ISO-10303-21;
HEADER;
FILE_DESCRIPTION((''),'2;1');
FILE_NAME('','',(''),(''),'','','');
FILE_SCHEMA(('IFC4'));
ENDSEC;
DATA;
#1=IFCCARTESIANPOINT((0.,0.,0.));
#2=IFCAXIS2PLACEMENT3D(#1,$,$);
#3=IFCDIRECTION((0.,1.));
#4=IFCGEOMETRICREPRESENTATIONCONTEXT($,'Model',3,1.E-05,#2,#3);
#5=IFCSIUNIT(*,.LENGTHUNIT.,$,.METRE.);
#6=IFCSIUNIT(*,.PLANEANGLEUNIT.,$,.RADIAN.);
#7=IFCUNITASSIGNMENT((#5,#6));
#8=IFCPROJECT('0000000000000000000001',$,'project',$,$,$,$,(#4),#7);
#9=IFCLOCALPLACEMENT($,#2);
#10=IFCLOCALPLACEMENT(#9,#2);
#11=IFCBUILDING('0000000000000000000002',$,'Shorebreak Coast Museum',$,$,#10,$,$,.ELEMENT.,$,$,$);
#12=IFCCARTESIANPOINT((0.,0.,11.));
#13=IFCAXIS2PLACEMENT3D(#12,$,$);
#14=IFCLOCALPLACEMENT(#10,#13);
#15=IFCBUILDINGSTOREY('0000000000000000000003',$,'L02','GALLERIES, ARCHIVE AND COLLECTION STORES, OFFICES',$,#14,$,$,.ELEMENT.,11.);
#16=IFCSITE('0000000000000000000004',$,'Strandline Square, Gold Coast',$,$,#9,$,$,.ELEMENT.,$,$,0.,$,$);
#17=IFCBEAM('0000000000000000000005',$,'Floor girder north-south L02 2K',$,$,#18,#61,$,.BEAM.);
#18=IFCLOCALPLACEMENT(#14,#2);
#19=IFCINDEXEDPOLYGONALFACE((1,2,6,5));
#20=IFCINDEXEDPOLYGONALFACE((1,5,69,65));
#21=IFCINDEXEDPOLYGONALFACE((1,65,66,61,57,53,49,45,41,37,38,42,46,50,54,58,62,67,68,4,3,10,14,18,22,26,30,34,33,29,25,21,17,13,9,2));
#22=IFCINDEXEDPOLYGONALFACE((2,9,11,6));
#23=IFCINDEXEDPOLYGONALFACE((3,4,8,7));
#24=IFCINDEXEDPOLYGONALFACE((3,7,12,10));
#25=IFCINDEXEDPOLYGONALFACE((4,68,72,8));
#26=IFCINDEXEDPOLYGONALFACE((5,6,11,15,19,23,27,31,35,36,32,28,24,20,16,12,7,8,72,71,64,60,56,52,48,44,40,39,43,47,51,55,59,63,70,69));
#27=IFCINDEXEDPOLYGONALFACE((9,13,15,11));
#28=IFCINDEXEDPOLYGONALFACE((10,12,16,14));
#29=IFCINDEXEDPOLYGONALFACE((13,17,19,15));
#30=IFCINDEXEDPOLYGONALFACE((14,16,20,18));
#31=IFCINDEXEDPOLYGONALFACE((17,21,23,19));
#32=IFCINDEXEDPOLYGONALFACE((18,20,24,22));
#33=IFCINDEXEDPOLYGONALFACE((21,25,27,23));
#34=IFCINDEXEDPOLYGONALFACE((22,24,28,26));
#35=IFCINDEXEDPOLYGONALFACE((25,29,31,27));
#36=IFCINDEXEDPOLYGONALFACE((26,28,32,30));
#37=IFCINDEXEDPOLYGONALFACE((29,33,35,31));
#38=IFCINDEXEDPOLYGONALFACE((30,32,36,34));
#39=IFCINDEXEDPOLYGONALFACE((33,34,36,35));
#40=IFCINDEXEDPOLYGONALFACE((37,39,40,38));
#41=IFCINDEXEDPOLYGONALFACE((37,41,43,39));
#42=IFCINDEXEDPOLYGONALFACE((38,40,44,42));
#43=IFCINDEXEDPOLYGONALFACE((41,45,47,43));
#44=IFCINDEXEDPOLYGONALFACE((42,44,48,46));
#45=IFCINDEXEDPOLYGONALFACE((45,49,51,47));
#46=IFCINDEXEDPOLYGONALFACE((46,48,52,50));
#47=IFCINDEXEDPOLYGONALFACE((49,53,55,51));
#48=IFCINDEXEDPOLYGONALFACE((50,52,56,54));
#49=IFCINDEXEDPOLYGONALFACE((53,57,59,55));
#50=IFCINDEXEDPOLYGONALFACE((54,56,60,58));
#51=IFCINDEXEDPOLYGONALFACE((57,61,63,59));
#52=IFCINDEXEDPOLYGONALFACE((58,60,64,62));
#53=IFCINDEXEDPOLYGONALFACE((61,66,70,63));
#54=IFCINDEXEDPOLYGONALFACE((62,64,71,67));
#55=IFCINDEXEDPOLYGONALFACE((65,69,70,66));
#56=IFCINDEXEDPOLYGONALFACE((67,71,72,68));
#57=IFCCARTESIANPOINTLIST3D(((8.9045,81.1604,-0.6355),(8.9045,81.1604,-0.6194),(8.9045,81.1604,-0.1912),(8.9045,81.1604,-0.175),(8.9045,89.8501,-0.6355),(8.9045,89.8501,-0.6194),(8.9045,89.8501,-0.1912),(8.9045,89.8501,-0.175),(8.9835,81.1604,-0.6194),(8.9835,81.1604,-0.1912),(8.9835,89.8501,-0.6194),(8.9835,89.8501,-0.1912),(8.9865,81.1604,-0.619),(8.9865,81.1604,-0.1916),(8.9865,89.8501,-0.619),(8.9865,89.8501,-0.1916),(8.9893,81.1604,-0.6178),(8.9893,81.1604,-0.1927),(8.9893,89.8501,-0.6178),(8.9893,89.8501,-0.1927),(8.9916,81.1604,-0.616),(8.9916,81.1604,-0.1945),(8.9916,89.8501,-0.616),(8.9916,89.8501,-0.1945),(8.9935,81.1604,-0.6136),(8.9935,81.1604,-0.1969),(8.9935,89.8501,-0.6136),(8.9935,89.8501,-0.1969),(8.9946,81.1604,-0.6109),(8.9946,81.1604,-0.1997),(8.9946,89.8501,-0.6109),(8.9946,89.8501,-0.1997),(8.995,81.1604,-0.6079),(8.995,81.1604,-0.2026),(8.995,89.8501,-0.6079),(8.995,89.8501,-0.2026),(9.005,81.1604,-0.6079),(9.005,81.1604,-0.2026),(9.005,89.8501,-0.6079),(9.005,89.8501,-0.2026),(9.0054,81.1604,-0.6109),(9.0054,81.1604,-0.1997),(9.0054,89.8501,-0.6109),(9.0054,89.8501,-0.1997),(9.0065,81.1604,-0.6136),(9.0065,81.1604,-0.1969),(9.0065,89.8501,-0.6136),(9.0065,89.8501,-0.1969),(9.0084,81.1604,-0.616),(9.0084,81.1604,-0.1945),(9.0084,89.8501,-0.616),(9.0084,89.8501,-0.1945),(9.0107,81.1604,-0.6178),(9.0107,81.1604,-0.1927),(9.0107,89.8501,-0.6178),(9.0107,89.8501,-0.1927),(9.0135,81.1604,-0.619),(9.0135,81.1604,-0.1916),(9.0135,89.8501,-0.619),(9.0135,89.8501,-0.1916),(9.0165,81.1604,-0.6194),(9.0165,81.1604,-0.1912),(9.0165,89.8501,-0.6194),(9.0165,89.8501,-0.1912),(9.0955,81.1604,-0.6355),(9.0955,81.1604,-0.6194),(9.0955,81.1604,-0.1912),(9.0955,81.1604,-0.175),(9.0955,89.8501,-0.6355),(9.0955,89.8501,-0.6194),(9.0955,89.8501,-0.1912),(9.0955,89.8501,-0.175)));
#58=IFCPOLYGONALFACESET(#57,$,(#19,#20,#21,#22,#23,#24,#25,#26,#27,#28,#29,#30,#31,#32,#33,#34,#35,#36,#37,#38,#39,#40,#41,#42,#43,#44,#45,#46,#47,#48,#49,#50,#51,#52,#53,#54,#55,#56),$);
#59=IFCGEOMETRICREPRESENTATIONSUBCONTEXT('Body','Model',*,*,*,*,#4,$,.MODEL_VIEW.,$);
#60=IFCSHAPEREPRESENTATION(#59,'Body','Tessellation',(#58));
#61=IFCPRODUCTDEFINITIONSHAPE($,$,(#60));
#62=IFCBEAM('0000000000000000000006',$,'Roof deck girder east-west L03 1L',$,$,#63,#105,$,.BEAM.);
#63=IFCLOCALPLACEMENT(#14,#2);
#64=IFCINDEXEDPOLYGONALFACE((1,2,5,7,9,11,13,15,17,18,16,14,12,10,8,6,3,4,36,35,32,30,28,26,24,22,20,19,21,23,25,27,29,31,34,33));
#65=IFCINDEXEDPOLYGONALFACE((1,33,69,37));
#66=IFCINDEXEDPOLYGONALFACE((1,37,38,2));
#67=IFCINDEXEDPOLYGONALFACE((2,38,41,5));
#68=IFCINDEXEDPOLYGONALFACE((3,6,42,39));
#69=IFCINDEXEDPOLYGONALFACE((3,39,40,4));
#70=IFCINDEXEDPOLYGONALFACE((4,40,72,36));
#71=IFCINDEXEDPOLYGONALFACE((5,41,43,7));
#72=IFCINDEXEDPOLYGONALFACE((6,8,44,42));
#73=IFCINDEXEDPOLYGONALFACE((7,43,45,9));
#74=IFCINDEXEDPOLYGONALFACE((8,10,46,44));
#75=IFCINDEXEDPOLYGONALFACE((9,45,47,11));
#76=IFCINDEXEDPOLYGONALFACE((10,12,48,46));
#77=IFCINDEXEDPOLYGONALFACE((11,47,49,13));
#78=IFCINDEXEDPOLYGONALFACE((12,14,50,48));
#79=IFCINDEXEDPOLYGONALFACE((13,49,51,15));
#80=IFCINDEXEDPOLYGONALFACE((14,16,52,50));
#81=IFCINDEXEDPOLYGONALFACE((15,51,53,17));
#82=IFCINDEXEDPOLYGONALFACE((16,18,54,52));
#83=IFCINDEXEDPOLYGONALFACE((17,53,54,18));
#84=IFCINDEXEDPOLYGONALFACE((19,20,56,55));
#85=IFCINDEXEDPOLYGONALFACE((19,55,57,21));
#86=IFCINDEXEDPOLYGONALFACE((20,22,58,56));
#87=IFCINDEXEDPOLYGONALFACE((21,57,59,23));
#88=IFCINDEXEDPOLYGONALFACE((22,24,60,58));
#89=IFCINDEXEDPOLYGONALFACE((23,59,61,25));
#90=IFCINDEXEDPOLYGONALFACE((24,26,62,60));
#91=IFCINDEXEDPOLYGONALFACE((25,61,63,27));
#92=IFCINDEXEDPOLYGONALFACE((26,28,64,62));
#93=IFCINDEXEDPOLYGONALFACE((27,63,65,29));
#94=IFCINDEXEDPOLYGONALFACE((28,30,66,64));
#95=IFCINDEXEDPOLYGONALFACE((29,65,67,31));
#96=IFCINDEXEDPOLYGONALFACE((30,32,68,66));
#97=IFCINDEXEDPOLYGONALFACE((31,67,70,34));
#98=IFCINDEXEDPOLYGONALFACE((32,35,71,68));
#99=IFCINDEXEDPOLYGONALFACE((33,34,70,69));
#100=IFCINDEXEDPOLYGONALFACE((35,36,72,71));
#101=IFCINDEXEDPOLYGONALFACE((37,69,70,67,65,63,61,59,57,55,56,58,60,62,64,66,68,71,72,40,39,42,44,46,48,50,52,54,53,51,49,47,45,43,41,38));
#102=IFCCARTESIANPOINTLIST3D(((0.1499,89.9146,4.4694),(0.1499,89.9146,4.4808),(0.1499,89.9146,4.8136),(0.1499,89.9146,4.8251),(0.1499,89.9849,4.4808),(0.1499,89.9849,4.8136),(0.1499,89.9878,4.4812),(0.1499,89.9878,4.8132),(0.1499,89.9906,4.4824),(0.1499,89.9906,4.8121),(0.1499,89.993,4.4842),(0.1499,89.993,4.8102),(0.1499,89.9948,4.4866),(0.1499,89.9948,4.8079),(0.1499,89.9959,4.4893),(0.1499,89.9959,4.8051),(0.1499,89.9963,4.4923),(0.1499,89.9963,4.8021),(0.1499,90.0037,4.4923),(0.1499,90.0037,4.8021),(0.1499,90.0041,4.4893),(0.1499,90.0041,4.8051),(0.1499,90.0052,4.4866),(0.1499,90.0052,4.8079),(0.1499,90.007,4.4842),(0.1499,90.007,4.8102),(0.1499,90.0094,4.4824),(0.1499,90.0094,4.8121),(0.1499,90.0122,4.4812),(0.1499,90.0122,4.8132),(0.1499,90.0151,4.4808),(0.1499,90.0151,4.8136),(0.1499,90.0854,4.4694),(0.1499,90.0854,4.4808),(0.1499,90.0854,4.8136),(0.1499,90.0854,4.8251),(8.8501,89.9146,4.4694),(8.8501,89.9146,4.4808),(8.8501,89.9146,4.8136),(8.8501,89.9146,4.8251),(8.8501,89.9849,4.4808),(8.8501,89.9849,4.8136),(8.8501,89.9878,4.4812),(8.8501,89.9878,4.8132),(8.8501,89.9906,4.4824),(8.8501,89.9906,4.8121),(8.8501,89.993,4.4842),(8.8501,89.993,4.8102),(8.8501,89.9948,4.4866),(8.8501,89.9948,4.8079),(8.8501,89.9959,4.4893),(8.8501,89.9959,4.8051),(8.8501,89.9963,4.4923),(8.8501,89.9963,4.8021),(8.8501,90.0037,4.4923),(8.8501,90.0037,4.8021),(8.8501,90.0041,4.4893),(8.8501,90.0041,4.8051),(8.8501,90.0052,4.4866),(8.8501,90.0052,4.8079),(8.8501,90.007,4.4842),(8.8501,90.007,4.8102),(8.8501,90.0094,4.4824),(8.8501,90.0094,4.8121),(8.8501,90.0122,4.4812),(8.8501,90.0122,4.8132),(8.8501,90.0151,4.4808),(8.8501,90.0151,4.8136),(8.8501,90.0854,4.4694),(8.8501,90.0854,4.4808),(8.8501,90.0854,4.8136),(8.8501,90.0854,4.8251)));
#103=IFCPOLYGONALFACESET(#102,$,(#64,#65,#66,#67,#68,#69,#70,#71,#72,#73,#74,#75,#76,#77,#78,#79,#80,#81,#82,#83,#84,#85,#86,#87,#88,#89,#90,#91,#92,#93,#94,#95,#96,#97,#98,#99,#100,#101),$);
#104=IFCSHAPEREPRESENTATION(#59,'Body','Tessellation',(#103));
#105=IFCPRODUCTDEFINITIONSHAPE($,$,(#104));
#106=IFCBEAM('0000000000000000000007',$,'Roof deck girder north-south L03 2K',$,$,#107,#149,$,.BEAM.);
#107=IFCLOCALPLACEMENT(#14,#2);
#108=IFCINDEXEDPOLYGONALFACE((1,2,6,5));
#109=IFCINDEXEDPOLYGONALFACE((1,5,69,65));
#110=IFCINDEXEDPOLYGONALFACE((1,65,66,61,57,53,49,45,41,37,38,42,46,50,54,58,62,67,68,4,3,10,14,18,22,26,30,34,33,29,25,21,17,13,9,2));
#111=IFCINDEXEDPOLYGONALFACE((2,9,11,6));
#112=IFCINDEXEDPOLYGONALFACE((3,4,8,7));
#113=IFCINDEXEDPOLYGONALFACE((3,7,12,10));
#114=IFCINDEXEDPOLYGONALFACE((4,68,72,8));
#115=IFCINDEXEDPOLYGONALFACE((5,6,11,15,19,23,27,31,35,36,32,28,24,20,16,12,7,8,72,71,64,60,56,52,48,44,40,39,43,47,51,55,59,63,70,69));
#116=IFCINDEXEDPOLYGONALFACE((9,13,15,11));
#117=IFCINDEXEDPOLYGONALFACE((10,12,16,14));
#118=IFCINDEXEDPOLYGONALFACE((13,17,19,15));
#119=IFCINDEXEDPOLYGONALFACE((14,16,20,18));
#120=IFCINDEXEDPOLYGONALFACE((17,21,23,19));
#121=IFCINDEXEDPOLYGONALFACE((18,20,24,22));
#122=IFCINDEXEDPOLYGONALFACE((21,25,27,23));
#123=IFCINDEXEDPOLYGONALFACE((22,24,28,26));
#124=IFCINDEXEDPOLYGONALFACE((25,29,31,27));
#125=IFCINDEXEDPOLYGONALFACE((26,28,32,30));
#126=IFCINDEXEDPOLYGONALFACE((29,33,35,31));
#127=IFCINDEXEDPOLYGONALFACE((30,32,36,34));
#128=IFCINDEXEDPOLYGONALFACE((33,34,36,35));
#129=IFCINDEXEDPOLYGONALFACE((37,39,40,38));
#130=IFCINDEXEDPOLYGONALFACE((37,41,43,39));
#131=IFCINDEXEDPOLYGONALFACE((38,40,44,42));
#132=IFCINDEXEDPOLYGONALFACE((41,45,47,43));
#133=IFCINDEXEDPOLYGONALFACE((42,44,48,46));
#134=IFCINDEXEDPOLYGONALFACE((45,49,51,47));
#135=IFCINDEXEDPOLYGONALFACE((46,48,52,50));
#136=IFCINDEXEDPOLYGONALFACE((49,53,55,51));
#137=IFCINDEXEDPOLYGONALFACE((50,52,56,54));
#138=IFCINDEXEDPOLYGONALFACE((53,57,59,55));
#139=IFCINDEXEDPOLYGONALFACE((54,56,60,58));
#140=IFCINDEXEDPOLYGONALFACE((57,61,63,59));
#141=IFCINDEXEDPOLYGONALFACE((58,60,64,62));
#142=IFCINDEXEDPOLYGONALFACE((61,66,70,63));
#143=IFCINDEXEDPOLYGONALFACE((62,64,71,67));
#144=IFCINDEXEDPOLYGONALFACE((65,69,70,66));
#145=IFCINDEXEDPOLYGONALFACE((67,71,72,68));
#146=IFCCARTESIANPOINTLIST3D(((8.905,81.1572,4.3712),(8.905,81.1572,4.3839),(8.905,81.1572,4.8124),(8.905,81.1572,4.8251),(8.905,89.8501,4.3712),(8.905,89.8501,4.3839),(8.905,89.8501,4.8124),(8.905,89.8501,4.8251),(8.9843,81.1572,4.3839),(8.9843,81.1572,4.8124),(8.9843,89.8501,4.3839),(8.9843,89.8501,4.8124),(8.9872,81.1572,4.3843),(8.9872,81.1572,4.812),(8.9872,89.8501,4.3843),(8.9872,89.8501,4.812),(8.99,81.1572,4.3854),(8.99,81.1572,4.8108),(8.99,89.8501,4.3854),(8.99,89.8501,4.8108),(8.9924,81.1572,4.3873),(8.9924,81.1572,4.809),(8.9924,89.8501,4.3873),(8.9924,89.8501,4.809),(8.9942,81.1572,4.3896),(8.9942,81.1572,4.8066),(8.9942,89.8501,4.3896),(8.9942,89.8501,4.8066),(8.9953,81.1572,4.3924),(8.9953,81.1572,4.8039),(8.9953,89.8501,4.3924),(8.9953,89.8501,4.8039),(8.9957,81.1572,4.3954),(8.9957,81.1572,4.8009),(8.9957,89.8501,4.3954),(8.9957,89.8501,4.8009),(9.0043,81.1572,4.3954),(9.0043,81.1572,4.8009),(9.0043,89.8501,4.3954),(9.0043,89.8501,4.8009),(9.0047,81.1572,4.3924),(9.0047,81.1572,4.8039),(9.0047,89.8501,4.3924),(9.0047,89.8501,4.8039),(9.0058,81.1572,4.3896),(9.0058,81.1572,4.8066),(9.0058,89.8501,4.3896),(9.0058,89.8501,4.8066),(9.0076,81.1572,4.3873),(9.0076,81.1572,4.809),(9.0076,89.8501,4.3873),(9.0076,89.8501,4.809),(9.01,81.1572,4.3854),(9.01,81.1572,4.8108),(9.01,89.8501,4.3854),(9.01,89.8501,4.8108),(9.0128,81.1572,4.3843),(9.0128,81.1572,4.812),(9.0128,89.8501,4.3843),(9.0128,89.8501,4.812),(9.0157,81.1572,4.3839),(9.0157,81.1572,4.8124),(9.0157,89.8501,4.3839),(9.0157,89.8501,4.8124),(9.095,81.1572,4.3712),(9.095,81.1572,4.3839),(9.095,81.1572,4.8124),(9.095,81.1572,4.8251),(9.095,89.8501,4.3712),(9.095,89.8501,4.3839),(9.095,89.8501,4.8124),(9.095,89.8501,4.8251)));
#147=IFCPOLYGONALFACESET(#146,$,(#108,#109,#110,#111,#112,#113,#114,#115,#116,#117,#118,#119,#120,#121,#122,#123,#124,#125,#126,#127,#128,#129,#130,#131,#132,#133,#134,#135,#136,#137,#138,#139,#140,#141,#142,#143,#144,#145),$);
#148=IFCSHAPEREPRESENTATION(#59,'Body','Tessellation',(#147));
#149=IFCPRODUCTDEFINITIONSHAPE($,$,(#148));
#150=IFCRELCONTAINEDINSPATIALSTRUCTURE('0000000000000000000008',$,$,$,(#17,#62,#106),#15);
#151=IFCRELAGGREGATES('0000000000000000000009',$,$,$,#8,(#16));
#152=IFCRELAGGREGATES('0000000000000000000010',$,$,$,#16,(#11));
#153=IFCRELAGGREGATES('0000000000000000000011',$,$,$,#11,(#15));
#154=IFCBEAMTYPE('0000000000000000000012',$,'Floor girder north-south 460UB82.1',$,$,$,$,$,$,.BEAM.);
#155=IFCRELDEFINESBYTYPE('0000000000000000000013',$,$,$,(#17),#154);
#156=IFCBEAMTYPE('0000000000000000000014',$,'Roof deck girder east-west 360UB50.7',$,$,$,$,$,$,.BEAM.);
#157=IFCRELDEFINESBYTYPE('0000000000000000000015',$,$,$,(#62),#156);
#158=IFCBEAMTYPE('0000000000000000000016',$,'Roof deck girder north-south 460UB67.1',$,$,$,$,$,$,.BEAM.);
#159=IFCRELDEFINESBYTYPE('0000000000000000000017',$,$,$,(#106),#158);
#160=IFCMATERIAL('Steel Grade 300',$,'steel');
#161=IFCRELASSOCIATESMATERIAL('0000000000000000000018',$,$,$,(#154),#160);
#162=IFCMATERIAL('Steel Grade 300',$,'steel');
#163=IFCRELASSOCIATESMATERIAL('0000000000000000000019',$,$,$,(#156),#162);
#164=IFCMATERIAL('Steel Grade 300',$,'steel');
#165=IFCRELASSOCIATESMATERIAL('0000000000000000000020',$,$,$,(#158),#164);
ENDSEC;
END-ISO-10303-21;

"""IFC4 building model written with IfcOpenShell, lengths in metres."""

from ifc_helpers import new_model, si_unit, direction, frame, origin, origin_2d, place, context, subcontext, project, spatial, i_section, extrude, material, material_profile, profile_set, type_object, element, save


model = new_model("IFC4")

# Units and contexts
model_context = context("Model", 3, precision=1e-05, world=origin(), true_north=direction((0.0, 1.0)))
body_context = subcontext(model_context, "Body", "Model", "MODEL_VIEW")
ifc_project = project(units=[si_unit("LENGTHUNIT", "METRE"), si_unit("PLANEANGLEUNIT", "RADIAN")], contexts=[model_context])

# Site, building, storey
site_placement = place(None, origin())
site = spatial("IfcSite", under=ifc_project, at=site_placement, Name="Strandline Square, Gold Coast", CompositionType="ELEMENT", RefElevation=0.0)
building_placement = place(site_placement, origin())
building = spatial("IfcBuilding", under=site, at=building_placement, Name="Shorebreak Coast Museum", CompositionType="ELEMENT")
storey_placement = place(building_placement, frame((0.0, 0.0, 11.0)))
storey = spatial("IfcBuildingStorey", under=building, at=storey_placement, Name="L02", Description="GALLERIES, ARCHIVE AND COLLECTION STORES, OFFICES", CompositionType="ELEMENT", Elevation=11.0)

# Beams
ifc_material_1 = material(Name="Steel Grade 300", Category="steel")
ifc_material_profile_1 = material_profile(ifc_material_1, i_section(OverallWidth=0.1909, OverallDepth=0.4604, WebThickness=0.01, FlangeThickness=0.0161, FilletRadius=0.0115, at=origin_2d()), Name="460UB82.1")
ifc_profile_set_1 = profile_set([ifc_material_profile_1], Name="Steel Grade 300")
beam_type_1 = type_object("IfcBeamType", Name="Floor girder north-south 460UB82.1", PredefinedType="BEAM", material=ifc_profile_set_1)
beam_1_placement = place(storey_placement, frame((9.0, 81.1604, -0.4053), z_axis=(0.0, 1.0, 0.0), x_axis=(-1.0, 0.0, 0.0)))
element("IfcBeam", 1, at=beam_1_placement, inside=storey, type_object=beam_type_1, Name="Floor girder north-south L02 2K", PredefinedType="BEAM", context=body_context, shape_type="SweptSolid", body=[
    extrude(i_section(OverallWidth=0.1909, OverallDepth=0.4604, WebThickness=0.01, FlangeThickness=0.0161, FilletRadius=0.0115, at=origin_2d()), origin(), (0.0, 0.0, 1.0), 8.6897),
])
ifc_material_2 = material(Name="Steel Grade 300", Category="steel")
ifc_material_profile_2 = material_profile(ifc_material_2, i_section(OverallWidth=0.1709, OverallDepth=0.3557, WebThickness=0.0073, FlangeThickness=0.0115, FilletRadius=0.0115, at=origin_2d()), Name="360UB50.7")
ifc_profile_set_2 = profile_set([ifc_material_profile_2], Name="Steel Grade 300")
beam_type_2 = type_object("IfcBeamType", Name="Roof deck girder east-west 360UB50.7", PredefinedType="BEAM", material=ifc_profile_set_2)
beam_2_placement = place(storey_placement, frame((0.1499, 90.0, 4.6472), z_axis=(1.0, 0.0, 0.0), x_axis=(0.0, 1.0, 0.0)))
element("IfcBeam", 2, at=beam_2_placement, inside=storey, type_object=beam_type_2, Name="Roof deck girder east-west L03 1L", PredefinedType="BEAM", context=body_context, shape_type="SweptSolid", body=[
    extrude(i_section(OverallWidth=0.1709, OverallDepth=0.3557, WebThickness=0.0073, FlangeThickness=0.0115, FilletRadius=0.0115, at=origin_2d()), origin(), (0.0, 0.0, 1.0), 8.7002),
])
ifc_material_3 = material(Name="Steel Grade 300", Category="steel")
ifc_material_profile_3 = material_profile(ifc_material_3, i_section(OverallWidth=0.1899, OverallDepth=0.4539, WebThickness=0.0085, FlangeThickness=0.0127, FilletRadius=0.0115, at=origin_2d()), Name="460UB67.1")
ifc_profile_set_3 = profile_set([ifc_material_profile_3], Name="Steel Grade 300")
beam_type_3 = type_object("IfcBeamType", Name="Roof deck girder north-south 460UB67.1", PredefinedType="BEAM", material=ifc_profile_set_3)
beam_3_placement = place(storey_placement, frame((9.0, 81.1572, 4.5981), z_axis=(0.0, 1.0, 0.0), x_axis=(-1.0, 0.0, 0.0)))
element("IfcBeam", 3, at=beam_3_placement, inside=storey, type_object=beam_type_3, Name="Roof deck girder north-south L03 2K", PredefinedType="BEAM", context=body_context, shape_type="SweptSolid", body=[
    extrude(i_section(OverallWidth=0.1899, OverallDepth=0.4539, WebThickness=0.0085, FlangeThickness=0.0127, FilletRadius=0.0115, at=origin_2d()), origin(), (0.0, 0.0, 1.0), 8.6929),
])

save(model, "model.ifc")
